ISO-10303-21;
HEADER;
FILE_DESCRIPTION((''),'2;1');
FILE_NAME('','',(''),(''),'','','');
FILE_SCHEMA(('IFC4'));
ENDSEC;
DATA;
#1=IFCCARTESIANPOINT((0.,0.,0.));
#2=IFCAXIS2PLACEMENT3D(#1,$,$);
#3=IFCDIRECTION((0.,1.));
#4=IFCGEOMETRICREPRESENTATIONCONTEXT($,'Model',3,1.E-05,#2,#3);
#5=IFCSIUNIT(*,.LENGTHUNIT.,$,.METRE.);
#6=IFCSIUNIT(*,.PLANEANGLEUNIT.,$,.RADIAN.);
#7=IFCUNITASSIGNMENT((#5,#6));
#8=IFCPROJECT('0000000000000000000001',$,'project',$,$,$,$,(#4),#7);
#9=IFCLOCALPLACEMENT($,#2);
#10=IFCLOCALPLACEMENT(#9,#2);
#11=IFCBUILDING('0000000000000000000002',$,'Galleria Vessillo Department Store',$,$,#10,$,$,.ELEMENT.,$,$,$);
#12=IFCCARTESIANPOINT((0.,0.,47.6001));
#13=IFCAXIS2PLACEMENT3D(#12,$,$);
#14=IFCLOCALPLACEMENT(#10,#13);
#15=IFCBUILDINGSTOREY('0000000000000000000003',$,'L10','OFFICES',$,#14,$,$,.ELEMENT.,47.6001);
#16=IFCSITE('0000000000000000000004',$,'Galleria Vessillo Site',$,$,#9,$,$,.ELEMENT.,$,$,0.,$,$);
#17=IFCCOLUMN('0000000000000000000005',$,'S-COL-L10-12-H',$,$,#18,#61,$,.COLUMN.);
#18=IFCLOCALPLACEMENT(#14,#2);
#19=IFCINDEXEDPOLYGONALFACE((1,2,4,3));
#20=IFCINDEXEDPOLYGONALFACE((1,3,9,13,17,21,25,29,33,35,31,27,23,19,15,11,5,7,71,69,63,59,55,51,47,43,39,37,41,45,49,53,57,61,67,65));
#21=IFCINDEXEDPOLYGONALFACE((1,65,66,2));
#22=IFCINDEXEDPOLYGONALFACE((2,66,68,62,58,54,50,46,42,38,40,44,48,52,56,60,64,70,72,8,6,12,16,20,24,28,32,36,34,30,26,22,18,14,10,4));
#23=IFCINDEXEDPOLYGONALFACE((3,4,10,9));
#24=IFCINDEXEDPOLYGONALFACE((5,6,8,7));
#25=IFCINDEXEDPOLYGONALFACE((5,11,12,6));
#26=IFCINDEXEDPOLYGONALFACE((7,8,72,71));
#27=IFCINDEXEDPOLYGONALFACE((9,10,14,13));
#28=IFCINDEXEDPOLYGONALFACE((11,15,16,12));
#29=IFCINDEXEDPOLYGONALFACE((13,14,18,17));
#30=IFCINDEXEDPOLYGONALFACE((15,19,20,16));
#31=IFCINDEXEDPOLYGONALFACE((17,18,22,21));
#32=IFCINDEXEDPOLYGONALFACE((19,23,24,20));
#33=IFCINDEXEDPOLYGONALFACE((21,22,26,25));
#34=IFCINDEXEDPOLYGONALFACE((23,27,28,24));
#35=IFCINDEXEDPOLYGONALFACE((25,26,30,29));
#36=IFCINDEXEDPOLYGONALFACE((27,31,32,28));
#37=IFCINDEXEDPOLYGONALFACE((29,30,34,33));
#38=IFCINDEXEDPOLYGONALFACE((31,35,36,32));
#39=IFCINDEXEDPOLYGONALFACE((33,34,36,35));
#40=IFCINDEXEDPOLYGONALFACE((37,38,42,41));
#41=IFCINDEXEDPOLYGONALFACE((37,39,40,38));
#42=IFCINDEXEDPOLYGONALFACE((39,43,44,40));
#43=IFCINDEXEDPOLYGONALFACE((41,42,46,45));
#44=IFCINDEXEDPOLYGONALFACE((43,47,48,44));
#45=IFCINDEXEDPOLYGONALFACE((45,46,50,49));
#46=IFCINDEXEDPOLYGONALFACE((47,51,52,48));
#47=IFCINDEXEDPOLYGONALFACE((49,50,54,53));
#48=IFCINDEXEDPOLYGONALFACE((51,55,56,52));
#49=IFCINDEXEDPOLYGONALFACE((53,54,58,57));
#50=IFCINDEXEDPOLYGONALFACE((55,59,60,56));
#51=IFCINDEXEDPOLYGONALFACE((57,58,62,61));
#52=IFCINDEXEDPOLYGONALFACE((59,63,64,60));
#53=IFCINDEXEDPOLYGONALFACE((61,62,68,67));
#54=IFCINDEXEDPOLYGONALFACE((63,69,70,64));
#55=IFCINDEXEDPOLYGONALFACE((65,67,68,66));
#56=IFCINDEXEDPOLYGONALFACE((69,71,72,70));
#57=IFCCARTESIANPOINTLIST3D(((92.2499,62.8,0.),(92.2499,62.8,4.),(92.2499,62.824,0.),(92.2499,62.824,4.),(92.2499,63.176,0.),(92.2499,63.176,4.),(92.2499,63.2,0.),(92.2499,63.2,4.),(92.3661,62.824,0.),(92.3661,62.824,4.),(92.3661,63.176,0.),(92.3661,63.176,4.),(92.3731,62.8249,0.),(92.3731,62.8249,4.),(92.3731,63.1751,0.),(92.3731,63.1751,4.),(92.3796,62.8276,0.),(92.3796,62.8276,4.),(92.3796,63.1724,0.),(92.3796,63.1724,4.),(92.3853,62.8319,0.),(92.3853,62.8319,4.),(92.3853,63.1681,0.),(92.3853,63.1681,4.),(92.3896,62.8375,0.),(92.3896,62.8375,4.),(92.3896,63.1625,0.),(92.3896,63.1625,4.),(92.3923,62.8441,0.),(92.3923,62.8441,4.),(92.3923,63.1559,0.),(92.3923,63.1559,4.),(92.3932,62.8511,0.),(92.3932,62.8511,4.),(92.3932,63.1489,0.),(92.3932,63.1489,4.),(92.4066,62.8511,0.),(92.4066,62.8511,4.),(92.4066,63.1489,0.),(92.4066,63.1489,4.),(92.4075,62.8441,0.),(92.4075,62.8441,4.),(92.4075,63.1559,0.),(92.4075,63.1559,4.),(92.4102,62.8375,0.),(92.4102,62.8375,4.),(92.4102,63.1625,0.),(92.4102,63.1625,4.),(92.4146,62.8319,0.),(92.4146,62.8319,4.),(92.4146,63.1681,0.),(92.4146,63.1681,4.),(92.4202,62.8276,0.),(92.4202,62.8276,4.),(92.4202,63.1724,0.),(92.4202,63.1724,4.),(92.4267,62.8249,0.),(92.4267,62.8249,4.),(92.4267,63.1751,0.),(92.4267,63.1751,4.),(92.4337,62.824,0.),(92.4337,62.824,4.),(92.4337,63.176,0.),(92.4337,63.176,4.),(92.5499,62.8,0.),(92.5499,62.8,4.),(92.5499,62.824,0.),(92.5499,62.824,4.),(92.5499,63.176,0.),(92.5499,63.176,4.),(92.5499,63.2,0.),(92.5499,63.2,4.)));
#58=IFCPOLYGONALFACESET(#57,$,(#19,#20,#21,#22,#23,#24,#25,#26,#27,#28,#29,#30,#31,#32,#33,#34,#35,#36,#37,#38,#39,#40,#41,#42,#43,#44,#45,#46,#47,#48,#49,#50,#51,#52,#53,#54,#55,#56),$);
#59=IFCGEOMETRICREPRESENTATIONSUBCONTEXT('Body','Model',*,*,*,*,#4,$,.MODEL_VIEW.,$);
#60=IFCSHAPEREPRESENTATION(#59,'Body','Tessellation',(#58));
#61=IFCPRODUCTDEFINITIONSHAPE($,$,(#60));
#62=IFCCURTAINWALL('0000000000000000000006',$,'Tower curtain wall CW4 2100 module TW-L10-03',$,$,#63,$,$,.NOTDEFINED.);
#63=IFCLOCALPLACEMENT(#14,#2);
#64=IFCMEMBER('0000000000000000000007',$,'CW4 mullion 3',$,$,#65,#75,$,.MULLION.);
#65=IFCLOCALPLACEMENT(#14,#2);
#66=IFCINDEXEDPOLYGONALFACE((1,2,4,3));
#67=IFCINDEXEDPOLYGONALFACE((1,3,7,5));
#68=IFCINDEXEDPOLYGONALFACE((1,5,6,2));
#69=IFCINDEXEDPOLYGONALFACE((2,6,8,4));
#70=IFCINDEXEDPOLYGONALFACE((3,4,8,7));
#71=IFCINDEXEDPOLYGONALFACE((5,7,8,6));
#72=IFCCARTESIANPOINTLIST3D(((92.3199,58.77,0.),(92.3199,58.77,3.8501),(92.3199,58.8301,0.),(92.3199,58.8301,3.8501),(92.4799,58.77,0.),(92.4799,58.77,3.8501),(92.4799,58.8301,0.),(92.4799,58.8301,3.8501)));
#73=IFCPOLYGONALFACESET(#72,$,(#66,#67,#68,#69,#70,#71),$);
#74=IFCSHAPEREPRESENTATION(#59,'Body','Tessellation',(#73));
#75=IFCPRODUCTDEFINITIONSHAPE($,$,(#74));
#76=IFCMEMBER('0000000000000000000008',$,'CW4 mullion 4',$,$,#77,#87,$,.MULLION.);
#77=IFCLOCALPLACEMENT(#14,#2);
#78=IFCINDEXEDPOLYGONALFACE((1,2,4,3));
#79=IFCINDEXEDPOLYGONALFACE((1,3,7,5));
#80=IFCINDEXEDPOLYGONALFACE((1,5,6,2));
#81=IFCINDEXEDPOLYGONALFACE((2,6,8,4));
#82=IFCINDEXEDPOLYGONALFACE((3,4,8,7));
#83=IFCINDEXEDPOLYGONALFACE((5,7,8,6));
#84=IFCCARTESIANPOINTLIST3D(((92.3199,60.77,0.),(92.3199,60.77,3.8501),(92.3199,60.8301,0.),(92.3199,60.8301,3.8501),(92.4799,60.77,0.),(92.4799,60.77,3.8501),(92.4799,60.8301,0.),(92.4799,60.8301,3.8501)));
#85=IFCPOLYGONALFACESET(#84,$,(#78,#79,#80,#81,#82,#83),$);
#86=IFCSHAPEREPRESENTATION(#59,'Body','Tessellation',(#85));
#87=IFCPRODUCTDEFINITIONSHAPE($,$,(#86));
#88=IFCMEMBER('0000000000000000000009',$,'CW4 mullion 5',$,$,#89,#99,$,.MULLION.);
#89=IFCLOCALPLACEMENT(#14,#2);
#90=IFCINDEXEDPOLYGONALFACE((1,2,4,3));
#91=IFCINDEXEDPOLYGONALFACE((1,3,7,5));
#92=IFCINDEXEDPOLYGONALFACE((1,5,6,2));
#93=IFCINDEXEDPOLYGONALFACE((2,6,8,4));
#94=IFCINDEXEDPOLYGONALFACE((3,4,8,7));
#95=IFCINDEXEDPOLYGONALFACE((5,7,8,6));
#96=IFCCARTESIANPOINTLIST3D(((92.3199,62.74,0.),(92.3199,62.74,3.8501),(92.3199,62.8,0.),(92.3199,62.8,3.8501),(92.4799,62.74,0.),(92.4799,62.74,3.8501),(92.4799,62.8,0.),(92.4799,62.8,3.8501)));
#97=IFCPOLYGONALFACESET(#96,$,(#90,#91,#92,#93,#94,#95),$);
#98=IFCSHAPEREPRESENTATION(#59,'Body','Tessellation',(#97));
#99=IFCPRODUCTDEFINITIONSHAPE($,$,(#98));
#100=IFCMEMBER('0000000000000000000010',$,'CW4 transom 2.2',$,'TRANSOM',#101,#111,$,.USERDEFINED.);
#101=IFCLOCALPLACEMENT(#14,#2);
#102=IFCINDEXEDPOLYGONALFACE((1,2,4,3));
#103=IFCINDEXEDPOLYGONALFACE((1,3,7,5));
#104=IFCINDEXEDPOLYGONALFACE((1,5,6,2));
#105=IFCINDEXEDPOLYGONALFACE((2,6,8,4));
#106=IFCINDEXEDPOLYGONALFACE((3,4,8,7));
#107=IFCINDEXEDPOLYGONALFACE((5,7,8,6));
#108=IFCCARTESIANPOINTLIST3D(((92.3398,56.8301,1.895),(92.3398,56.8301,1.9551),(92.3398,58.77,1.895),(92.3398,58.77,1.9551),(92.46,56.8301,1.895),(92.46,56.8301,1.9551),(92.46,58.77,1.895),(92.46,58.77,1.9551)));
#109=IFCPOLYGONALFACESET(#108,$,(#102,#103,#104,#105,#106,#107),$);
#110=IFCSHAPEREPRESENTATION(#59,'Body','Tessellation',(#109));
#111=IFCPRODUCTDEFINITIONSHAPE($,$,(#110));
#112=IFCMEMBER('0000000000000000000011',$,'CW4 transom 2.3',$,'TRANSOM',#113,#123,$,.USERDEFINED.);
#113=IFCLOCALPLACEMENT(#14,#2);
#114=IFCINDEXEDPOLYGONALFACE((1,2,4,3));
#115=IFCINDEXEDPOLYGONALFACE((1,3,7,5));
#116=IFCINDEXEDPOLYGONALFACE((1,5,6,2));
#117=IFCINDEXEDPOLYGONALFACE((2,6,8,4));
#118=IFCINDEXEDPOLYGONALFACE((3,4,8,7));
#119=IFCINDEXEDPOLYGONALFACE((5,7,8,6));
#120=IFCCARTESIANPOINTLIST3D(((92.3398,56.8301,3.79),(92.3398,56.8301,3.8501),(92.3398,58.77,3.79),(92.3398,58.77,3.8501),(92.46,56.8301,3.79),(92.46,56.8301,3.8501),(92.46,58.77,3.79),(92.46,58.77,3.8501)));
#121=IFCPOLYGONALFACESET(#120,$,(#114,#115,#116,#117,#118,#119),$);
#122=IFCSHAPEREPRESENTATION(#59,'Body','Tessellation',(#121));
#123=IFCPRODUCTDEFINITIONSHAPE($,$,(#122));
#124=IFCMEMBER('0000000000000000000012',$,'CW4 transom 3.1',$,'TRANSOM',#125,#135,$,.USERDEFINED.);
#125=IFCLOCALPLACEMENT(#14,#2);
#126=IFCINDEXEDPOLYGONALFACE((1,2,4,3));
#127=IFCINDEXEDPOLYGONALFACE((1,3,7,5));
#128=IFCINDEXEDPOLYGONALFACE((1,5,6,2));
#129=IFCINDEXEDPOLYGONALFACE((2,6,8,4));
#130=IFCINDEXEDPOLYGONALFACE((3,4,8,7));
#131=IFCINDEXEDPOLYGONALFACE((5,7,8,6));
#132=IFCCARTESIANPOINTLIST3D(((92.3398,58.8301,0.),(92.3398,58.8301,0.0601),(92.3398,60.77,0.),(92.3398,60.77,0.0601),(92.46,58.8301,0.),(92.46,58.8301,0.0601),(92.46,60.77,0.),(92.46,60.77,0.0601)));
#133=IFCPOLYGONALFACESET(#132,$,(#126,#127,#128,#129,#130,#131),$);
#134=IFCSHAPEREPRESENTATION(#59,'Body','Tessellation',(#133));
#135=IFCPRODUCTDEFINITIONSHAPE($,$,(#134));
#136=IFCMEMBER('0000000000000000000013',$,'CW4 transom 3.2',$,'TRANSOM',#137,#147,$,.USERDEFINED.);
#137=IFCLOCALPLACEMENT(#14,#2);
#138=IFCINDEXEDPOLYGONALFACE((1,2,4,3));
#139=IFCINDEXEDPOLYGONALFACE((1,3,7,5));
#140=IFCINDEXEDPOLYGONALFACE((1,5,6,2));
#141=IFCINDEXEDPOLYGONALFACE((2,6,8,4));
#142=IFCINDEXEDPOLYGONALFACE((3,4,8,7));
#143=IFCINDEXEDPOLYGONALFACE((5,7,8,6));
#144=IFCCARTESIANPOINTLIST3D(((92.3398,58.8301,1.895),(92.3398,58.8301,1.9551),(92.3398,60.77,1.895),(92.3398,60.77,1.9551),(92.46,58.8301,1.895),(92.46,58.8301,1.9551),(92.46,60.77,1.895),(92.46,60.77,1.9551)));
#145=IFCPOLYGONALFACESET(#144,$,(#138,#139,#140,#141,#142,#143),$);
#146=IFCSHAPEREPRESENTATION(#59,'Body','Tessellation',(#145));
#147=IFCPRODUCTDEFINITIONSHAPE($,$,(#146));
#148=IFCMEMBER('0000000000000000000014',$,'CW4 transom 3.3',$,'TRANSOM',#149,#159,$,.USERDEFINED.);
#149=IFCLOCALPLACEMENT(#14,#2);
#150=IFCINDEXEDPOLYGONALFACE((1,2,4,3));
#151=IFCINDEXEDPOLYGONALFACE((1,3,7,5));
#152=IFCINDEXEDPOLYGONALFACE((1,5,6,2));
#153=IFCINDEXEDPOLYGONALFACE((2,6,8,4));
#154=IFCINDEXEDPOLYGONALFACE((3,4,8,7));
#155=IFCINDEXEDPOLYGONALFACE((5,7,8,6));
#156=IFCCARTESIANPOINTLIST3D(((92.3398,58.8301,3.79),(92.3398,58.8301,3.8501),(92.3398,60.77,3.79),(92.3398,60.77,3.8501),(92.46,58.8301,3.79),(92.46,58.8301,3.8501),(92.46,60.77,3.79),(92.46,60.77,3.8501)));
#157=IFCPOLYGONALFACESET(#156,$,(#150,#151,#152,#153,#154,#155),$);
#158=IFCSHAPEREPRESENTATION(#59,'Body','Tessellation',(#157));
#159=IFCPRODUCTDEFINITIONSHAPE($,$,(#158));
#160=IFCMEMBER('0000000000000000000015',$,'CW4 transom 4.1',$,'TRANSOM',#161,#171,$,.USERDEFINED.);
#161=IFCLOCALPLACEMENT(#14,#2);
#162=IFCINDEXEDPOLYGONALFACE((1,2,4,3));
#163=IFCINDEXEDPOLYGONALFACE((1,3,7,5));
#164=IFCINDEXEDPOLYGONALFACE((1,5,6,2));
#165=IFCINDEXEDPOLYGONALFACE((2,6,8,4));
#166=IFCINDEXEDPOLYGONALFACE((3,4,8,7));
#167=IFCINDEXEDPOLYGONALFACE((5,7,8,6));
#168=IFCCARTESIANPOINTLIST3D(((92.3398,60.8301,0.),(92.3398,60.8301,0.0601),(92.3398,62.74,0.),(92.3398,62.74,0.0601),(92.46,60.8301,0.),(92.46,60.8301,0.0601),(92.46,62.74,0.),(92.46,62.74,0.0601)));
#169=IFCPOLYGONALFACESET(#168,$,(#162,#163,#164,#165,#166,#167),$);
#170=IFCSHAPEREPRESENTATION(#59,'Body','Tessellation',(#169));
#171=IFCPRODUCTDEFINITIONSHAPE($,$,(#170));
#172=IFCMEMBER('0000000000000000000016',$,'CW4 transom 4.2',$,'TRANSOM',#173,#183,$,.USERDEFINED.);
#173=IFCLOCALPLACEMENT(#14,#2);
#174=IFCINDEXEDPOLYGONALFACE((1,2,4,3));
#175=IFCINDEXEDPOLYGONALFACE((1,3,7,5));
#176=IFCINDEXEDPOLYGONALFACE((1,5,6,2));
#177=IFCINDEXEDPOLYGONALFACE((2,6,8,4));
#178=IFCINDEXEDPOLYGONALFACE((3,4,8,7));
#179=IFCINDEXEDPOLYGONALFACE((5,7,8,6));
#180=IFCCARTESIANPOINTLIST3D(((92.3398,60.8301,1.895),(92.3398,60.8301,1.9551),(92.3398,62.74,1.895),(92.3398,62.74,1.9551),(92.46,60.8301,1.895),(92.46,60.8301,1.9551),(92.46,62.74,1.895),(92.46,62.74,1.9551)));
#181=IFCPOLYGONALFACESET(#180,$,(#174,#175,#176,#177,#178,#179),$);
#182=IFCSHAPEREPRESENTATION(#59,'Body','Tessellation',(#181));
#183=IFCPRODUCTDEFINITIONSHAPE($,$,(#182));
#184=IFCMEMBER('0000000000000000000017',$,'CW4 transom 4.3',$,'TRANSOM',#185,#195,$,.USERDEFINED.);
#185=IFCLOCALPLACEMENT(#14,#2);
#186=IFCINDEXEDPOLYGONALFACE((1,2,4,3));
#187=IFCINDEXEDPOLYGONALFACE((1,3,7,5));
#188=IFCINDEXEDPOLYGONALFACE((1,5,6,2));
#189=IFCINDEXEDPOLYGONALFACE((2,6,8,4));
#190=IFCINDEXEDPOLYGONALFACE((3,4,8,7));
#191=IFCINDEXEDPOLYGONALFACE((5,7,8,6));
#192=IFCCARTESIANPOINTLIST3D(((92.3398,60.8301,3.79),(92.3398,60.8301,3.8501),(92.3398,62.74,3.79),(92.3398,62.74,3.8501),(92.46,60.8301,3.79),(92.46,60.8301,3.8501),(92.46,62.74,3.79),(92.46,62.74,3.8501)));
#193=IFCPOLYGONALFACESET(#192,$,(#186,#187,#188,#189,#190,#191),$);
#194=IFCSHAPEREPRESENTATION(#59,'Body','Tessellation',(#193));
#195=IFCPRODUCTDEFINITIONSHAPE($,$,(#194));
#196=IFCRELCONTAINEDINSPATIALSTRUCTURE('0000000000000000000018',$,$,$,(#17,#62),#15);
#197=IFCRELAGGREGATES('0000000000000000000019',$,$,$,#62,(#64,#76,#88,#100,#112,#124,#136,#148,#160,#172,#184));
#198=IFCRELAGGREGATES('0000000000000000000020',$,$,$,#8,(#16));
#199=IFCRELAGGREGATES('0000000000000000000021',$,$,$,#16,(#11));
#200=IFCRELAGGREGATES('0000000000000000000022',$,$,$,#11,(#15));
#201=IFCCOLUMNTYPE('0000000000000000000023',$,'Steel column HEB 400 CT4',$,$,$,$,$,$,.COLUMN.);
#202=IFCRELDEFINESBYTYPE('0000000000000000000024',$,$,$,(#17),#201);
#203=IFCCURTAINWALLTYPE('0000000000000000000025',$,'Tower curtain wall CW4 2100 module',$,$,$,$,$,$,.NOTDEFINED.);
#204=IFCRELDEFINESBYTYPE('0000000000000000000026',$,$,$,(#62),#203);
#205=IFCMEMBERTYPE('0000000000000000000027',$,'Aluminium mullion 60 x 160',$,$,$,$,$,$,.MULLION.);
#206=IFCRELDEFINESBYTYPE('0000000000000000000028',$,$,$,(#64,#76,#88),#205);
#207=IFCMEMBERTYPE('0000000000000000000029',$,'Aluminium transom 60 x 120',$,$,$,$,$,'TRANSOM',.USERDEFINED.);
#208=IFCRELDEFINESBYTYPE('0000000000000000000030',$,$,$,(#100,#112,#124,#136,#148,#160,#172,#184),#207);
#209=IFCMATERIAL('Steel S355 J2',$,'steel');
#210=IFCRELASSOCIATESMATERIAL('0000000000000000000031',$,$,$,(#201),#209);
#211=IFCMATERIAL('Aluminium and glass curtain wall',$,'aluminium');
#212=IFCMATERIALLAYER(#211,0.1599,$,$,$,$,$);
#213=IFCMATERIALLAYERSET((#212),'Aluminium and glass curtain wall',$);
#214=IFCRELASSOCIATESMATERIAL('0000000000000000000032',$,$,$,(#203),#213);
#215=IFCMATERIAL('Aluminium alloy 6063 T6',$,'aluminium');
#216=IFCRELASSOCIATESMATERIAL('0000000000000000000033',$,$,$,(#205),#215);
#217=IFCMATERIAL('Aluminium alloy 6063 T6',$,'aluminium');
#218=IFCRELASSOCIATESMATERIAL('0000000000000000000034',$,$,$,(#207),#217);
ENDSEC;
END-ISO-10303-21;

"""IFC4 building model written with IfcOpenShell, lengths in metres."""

from ifc_helpers import new_model, si_unit, direction, frame, origin, origin_2d, place, context, subcontext, project, spatial, rectangle, i_section, extrude, material, layer, layer_set, material_profile, profile_set, type_object, element, aggregate, save


model = new_model("IFC4")

# Units and contexts
model_context = context("Model", 3, precision=1e-05, world=origin(), true_north=direction((0.0, 1.0)))
body_context = subcontext(model_context, "Body", "Model", "MODEL_VIEW")
ifc_project = project(units=[si_unit("LENGTHUNIT", "METRE"), si_unit("PLANEANGLEUNIT", "RADIAN")], contexts=[model_context])

# Site, building, storey
site_placement = place(None, origin())
site = spatial("IfcSite", under=ifc_project, at=site_placement, Name="Galleria Vessillo Site", CompositionType="ELEMENT", RefElevation=0.0)
building_placement = place(site_placement, origin())
building = spatial("IfcBuilding", under=site, at=building_placement, Name="Galleria Vessillo Department Store", CompositionType="ELEMENT")
storey_placement = place(building_placement, frame((0.0, 0.0, 47.6001)))
storey = spatial("IfcBuildingStorey", under=building, at=storey_placement, Name="L10", Description="OFFICES", CompositionType="ELEMENT", Elevation=47.6001)

# Column
ifc_material_1 = material(Name="Steel S355 J2", Category="steel")
ifc_material_profile_1 = material_profile(ifc_material_1, i_section(OverallWidth=0.3, OverallDepth=0.3999, WebThickness=0.0134, FlangeThickness=0.0239, FilletRadius=0.0271, at=origin_2d()), Name="HEB 400")
ifc_profile_set_1 = profile_set([ifc_material_profile_1], Name="Steel S355 J2")
column_type = type_object("IfcColumnType", Name="Steel column HEB 400 CT4", PredefinedType="COLUMN", material=ifc_profile_set_1)
column_placement = place(storey_placement, frame((92.3999, 63.0, 0.0), z_axis=(0.0, 0.0, 1.0), x_axis=(1.0, 0.0, 0.0)))
element("IfcColumn", 1, at=column_placement, inside=storey, type_object=column_type, Name="S-COL-L10-12-H", PredefinedType="COLUMN", context=body_context, shape_type="SweptSolid", body=[
    extrude(i_section(OverallWidth=0.3, OverallDepth=0.3999, WebThickness=0.0134, FlangeThickness=0.0239, FilletRadius=0.0271, at=origin_2d()), origin(), (0.0, 0.0, 1.0), 4.0),
])

# Curtain wall, members
ifc_material_2 = material(Name="Aluminium and glass curtain wall", Category="aluminium")
ifc_layer_1 = layer(ifc_material_2, 0.1599)
ifc_layer_set_1 = layer_set([ifc_layer_1], Name="Aluminium and glass curtain wall")
curtain_wall_type = type_object("IfcCurtainWallType", Name="Tower curtain wall CW4 2100 module", PredefinedType="NOTDEFINED", material=ifc_layer_set_1)
curtain_wall_placement = place(storey_placement, origin())
curtain_wall = element("IfcCurtainWall", 2, at=curtain_wall_placement, inside=storey, type_object=curtain_wall_type, Name="Tower curtain wall CW4 2100 module TW-L10-03", PredefinedType="NOTDEFINED")
ifc_material_3 = material(Name="Aluminium alloy 6063 T6", Category="aluminium")
ifc_material_profile_2 = material_profile(ifc_material_3, rectangle(XDim=0.1599, YDim=0.0601, at=origin_2d()), Name="AL 60x160")
ifc_profile_set_2 = profile_set([ifc_material_profile_2], Name="Aluminium alloy 6063 T6")
member_type_1 = type_object("IfcMemberType", Name="Aluminium mullion 60 x 160", PredefinedType="MULLION", material=ifc_profile_set_2)
member_1_placement = place(storey_placement, frame((92.3999, 58.8, 0.0), z_axis=(0.0, 0.0, 1.0), x_axis=(-1.0, 0.0, 0.0)))
member_1 = element("IfcMember", 3, at=member_1_placement, type_object=member_type_1, Name="CW4 mullion 3", PredefinedType="MULLION", context=body_context, shape_type="SweptSolid", body=[
    extrude(rectangle(XDim=0.1599, YDim=0.0601, at=origin_2d()), origin(), (0.0, 0.0, 1.0), 3.8501),
])
member_2_placement = place(storey_placement, frame((92.3999, 60.8, 0.0), z_axis=(0.0, 0.0, 1.0), x_axis=(-1.0, 0.0, 0.0)))
member_2 = element("IfcMember", 4, at=member_2_placement, type_object=member_type_1, Name="CW4 mullion 4", PredefinedType="MULLION", context=body_context, shape_type="SweptSolid", body=[
    extrude(rectangle(XDim=0.1599, YDim=0.0601, at=origin_2d()), origin(), (0.0, 0.0, 1.0), 3.8501),
])
member_3_placement = place(storey_placement, frame((92.3999, 62.77, 0.0), z_axis=(0.0, 0.0, 1.0), x_axis=(-1.0, 0.0, 0.0)))
member_3 = element("IfcMember", 5, at=member_3_placement, type_object=member_type_1, Name="CW4 mullion 5", PredefinedType="MULLION", context=body_context, shape_type="SweptSolid", body=[
    extrude(rectangle(XDim=0.1599, YDim=0.0601, at=origin_2d()), origin(), (0.0, 0.0, 1.0), 3.8501),
])
ifc_material_4 = material(Name="Aluminium alloy 6063 T6", Category="aluminium")
ifc_material_profile_3 = material_profile(ifc_material_4, rectangle(XDim=0.1201, YDim=0.0601, at=origin_2d()), Name="AL 60x120")
ifc_profile_set_3 = profile_set([ifc_material_profile_3], Name="Aluminium alloy 6063 T6")
member_type_2 = type_object("IfcMemberType", Name="Aluminium transom 60 x 120", ElementType="TRANSOM", PredefinedType="USERDEFINED", material=ifc_profile_set_3)
member_4_placement = place(storey_placement, frame((92.3999, 56.8301, 1.925), z_axis=(0.0, 1.0, 0.0), x_axis=(-1.0, 0.0, 0.0)))
member_4 = element("IfcMember", 6, at=member_4_placement, type_object=member_type_2, Name="CW4 transom 2.2", ObjectType="TRANSOM", PredefinedType="USERDEFINED", context=body_context, shape_type="SweptSolid", body=[
    extrude(rectangle(XDim=0.1201, YDim=0.0601, at=origin_2d()), origin(), (0.0, 0.0, 1.0), 1.9399),
])
member_5_placement = place(storey_placement, frame((92.3999, 56.8301, 3.8201), z_axis=(0.0, 1.0, 0.0), x_axis=(-1.0, 0.0, 0.0)))
member_5 = element("IfcMember", 7, at=member_5_placement, type_object=member_type_2, Name="CW4 transom 2.3", ObjectType="TRANSOM", PredefinedType="USERDEFINED", context=body_context, shape_type="SweptSolid", body=[
    extrude(rectangle(XDim=0.1201, YDim=0.0601, at=origin_2d()), origin(), (0.0, 0.0, 1.0), 1.9399),
])
member_6_placement = place(storey_placement, frame((92.3999, 58.8301, 0.03), z_axis=(0.0, 1.0, 0.0), x_axis=(-1.0, 0.0, 0.0)))
member_6 = element("IfcMember", 8, at=member_6_placement, type_object=member_type_2, Name="CW4 transom 3.1", ObjectType="TRANSOM", PredefinedType="USERDEFINED", context=body_context, shape_type="SweptSolid", body=[
    extrude(rectangle(XDim=0.1201, YDim=0.0601, at=origin_2d()), origin(), (0.0, 0.0, 1.0), 1.9399),
])
member_7_placement = place(storey_placement, frame((92.3999, 58.8301, 1.925), z_axis=(0.0, 1.0, 0.0), x_axis=(-1.0, 0.0, 0.0)))
member_7 = element("IfcMember", 9, at=member_7_placement, type_object=member_type_2, Name="CW4 transom 3.2", ObjectType="TRANSOM", PredefinedType="USERDEFINED", context=body_context, shape_type="SweptSolid", body=[
    extrude(rectangle(XDim=0.1201, YDim=0.0601, at=origin_2d()), origin(), (0.0, 0.0, 1.0), 1.9399),
])
member_8_placement = place(storey_placement, frame((92.3999, 58.8301, 3.8201), z_axis=(0.0, 1.0, 0.0), x_axis=(-1.0, 0.0, 0.0)))
member_8 = element("IfcMember", 10, at=member_8_placement, type_object=member_type_2, Name="CW4 transom 3.3", ObjectType="TRANSOM", PredefinedType="USERDEFINED", context=body_context, shape_type="SweptSolid", body=[
    extrude(rectangle(XDim=0.1201, YDim=0.0601, at=origin_2d()), origin(), (0.0, 0.0, 1.0), 1.9399),
])
member_9_placement = place(storey_placement, frame((92.3999, 60.8301, 0.03), z_axis=(0.0, 1.0, 0.0), x_axis=(-1.0, 0.0, 0.0)))
member_9 = element("IfcMember", 11, at=member_9_placement, type_object=member_type_2, Name="CW4 transom 4.1", ObjectType="TRANSOM", PredefinedType="USERDEFINED", context=body_context, shape_type="SweptSolid", body=[
    extrude(rectangle(XDim=0.1201, YDim=0.0601, at=origin_2d()), origin(), (0.0, 0.0, 1.0), 1.9099),
])
member_10_placement = place(storey_placement, frame((92.3999, 60.8301, 1.925), z_axis=(0.0, 1.0, 0.0), x_axis=(-1.0, 0.0, 0.0)))
member_10 = element("IfcMember", 12, at=member_10_placement, type_object=member_type_2, Name="CW4 transom 4.2", ObjectType="TRANSOM", PredefinedType="USERDEFINED", context=body_context, shape_type="SweptSolid", body=[
    extrude(rectangle(XDim=0.1201, YDim=0.0601, at=origin_2d()), origin(), (0.0, 0.0, 1.0), 1.9099),
])
member_11_placement = place(storey_placement, frame((92.3999, 60.8301, 3.8201), z_axis=(0.0, 1.0, 0.0), x_axis=(-1.0, 0.0, 0.0)))
member_11 = element("IfcMember", 13, at=member_11_placement, type_object=member_type_2, Name="CW4 transom 4.3", ObjectType="TRANSOM", PredefinedType="USERDEFINED", context=body_context, shape_type="SweptSolid", body=[
    extrude(rectangle(XDim=0.1201, YDim=0.0601, at=origin_2d()), origin(), (0.0, 0.0, 1.0), 1.9099),
])
aggregate(curtain_wall, [member_1, member_2, member_3, member_4, member_5, member_6, member_7, member_8, member_9, member_10, member_11])

save(model, "model.ifc")
